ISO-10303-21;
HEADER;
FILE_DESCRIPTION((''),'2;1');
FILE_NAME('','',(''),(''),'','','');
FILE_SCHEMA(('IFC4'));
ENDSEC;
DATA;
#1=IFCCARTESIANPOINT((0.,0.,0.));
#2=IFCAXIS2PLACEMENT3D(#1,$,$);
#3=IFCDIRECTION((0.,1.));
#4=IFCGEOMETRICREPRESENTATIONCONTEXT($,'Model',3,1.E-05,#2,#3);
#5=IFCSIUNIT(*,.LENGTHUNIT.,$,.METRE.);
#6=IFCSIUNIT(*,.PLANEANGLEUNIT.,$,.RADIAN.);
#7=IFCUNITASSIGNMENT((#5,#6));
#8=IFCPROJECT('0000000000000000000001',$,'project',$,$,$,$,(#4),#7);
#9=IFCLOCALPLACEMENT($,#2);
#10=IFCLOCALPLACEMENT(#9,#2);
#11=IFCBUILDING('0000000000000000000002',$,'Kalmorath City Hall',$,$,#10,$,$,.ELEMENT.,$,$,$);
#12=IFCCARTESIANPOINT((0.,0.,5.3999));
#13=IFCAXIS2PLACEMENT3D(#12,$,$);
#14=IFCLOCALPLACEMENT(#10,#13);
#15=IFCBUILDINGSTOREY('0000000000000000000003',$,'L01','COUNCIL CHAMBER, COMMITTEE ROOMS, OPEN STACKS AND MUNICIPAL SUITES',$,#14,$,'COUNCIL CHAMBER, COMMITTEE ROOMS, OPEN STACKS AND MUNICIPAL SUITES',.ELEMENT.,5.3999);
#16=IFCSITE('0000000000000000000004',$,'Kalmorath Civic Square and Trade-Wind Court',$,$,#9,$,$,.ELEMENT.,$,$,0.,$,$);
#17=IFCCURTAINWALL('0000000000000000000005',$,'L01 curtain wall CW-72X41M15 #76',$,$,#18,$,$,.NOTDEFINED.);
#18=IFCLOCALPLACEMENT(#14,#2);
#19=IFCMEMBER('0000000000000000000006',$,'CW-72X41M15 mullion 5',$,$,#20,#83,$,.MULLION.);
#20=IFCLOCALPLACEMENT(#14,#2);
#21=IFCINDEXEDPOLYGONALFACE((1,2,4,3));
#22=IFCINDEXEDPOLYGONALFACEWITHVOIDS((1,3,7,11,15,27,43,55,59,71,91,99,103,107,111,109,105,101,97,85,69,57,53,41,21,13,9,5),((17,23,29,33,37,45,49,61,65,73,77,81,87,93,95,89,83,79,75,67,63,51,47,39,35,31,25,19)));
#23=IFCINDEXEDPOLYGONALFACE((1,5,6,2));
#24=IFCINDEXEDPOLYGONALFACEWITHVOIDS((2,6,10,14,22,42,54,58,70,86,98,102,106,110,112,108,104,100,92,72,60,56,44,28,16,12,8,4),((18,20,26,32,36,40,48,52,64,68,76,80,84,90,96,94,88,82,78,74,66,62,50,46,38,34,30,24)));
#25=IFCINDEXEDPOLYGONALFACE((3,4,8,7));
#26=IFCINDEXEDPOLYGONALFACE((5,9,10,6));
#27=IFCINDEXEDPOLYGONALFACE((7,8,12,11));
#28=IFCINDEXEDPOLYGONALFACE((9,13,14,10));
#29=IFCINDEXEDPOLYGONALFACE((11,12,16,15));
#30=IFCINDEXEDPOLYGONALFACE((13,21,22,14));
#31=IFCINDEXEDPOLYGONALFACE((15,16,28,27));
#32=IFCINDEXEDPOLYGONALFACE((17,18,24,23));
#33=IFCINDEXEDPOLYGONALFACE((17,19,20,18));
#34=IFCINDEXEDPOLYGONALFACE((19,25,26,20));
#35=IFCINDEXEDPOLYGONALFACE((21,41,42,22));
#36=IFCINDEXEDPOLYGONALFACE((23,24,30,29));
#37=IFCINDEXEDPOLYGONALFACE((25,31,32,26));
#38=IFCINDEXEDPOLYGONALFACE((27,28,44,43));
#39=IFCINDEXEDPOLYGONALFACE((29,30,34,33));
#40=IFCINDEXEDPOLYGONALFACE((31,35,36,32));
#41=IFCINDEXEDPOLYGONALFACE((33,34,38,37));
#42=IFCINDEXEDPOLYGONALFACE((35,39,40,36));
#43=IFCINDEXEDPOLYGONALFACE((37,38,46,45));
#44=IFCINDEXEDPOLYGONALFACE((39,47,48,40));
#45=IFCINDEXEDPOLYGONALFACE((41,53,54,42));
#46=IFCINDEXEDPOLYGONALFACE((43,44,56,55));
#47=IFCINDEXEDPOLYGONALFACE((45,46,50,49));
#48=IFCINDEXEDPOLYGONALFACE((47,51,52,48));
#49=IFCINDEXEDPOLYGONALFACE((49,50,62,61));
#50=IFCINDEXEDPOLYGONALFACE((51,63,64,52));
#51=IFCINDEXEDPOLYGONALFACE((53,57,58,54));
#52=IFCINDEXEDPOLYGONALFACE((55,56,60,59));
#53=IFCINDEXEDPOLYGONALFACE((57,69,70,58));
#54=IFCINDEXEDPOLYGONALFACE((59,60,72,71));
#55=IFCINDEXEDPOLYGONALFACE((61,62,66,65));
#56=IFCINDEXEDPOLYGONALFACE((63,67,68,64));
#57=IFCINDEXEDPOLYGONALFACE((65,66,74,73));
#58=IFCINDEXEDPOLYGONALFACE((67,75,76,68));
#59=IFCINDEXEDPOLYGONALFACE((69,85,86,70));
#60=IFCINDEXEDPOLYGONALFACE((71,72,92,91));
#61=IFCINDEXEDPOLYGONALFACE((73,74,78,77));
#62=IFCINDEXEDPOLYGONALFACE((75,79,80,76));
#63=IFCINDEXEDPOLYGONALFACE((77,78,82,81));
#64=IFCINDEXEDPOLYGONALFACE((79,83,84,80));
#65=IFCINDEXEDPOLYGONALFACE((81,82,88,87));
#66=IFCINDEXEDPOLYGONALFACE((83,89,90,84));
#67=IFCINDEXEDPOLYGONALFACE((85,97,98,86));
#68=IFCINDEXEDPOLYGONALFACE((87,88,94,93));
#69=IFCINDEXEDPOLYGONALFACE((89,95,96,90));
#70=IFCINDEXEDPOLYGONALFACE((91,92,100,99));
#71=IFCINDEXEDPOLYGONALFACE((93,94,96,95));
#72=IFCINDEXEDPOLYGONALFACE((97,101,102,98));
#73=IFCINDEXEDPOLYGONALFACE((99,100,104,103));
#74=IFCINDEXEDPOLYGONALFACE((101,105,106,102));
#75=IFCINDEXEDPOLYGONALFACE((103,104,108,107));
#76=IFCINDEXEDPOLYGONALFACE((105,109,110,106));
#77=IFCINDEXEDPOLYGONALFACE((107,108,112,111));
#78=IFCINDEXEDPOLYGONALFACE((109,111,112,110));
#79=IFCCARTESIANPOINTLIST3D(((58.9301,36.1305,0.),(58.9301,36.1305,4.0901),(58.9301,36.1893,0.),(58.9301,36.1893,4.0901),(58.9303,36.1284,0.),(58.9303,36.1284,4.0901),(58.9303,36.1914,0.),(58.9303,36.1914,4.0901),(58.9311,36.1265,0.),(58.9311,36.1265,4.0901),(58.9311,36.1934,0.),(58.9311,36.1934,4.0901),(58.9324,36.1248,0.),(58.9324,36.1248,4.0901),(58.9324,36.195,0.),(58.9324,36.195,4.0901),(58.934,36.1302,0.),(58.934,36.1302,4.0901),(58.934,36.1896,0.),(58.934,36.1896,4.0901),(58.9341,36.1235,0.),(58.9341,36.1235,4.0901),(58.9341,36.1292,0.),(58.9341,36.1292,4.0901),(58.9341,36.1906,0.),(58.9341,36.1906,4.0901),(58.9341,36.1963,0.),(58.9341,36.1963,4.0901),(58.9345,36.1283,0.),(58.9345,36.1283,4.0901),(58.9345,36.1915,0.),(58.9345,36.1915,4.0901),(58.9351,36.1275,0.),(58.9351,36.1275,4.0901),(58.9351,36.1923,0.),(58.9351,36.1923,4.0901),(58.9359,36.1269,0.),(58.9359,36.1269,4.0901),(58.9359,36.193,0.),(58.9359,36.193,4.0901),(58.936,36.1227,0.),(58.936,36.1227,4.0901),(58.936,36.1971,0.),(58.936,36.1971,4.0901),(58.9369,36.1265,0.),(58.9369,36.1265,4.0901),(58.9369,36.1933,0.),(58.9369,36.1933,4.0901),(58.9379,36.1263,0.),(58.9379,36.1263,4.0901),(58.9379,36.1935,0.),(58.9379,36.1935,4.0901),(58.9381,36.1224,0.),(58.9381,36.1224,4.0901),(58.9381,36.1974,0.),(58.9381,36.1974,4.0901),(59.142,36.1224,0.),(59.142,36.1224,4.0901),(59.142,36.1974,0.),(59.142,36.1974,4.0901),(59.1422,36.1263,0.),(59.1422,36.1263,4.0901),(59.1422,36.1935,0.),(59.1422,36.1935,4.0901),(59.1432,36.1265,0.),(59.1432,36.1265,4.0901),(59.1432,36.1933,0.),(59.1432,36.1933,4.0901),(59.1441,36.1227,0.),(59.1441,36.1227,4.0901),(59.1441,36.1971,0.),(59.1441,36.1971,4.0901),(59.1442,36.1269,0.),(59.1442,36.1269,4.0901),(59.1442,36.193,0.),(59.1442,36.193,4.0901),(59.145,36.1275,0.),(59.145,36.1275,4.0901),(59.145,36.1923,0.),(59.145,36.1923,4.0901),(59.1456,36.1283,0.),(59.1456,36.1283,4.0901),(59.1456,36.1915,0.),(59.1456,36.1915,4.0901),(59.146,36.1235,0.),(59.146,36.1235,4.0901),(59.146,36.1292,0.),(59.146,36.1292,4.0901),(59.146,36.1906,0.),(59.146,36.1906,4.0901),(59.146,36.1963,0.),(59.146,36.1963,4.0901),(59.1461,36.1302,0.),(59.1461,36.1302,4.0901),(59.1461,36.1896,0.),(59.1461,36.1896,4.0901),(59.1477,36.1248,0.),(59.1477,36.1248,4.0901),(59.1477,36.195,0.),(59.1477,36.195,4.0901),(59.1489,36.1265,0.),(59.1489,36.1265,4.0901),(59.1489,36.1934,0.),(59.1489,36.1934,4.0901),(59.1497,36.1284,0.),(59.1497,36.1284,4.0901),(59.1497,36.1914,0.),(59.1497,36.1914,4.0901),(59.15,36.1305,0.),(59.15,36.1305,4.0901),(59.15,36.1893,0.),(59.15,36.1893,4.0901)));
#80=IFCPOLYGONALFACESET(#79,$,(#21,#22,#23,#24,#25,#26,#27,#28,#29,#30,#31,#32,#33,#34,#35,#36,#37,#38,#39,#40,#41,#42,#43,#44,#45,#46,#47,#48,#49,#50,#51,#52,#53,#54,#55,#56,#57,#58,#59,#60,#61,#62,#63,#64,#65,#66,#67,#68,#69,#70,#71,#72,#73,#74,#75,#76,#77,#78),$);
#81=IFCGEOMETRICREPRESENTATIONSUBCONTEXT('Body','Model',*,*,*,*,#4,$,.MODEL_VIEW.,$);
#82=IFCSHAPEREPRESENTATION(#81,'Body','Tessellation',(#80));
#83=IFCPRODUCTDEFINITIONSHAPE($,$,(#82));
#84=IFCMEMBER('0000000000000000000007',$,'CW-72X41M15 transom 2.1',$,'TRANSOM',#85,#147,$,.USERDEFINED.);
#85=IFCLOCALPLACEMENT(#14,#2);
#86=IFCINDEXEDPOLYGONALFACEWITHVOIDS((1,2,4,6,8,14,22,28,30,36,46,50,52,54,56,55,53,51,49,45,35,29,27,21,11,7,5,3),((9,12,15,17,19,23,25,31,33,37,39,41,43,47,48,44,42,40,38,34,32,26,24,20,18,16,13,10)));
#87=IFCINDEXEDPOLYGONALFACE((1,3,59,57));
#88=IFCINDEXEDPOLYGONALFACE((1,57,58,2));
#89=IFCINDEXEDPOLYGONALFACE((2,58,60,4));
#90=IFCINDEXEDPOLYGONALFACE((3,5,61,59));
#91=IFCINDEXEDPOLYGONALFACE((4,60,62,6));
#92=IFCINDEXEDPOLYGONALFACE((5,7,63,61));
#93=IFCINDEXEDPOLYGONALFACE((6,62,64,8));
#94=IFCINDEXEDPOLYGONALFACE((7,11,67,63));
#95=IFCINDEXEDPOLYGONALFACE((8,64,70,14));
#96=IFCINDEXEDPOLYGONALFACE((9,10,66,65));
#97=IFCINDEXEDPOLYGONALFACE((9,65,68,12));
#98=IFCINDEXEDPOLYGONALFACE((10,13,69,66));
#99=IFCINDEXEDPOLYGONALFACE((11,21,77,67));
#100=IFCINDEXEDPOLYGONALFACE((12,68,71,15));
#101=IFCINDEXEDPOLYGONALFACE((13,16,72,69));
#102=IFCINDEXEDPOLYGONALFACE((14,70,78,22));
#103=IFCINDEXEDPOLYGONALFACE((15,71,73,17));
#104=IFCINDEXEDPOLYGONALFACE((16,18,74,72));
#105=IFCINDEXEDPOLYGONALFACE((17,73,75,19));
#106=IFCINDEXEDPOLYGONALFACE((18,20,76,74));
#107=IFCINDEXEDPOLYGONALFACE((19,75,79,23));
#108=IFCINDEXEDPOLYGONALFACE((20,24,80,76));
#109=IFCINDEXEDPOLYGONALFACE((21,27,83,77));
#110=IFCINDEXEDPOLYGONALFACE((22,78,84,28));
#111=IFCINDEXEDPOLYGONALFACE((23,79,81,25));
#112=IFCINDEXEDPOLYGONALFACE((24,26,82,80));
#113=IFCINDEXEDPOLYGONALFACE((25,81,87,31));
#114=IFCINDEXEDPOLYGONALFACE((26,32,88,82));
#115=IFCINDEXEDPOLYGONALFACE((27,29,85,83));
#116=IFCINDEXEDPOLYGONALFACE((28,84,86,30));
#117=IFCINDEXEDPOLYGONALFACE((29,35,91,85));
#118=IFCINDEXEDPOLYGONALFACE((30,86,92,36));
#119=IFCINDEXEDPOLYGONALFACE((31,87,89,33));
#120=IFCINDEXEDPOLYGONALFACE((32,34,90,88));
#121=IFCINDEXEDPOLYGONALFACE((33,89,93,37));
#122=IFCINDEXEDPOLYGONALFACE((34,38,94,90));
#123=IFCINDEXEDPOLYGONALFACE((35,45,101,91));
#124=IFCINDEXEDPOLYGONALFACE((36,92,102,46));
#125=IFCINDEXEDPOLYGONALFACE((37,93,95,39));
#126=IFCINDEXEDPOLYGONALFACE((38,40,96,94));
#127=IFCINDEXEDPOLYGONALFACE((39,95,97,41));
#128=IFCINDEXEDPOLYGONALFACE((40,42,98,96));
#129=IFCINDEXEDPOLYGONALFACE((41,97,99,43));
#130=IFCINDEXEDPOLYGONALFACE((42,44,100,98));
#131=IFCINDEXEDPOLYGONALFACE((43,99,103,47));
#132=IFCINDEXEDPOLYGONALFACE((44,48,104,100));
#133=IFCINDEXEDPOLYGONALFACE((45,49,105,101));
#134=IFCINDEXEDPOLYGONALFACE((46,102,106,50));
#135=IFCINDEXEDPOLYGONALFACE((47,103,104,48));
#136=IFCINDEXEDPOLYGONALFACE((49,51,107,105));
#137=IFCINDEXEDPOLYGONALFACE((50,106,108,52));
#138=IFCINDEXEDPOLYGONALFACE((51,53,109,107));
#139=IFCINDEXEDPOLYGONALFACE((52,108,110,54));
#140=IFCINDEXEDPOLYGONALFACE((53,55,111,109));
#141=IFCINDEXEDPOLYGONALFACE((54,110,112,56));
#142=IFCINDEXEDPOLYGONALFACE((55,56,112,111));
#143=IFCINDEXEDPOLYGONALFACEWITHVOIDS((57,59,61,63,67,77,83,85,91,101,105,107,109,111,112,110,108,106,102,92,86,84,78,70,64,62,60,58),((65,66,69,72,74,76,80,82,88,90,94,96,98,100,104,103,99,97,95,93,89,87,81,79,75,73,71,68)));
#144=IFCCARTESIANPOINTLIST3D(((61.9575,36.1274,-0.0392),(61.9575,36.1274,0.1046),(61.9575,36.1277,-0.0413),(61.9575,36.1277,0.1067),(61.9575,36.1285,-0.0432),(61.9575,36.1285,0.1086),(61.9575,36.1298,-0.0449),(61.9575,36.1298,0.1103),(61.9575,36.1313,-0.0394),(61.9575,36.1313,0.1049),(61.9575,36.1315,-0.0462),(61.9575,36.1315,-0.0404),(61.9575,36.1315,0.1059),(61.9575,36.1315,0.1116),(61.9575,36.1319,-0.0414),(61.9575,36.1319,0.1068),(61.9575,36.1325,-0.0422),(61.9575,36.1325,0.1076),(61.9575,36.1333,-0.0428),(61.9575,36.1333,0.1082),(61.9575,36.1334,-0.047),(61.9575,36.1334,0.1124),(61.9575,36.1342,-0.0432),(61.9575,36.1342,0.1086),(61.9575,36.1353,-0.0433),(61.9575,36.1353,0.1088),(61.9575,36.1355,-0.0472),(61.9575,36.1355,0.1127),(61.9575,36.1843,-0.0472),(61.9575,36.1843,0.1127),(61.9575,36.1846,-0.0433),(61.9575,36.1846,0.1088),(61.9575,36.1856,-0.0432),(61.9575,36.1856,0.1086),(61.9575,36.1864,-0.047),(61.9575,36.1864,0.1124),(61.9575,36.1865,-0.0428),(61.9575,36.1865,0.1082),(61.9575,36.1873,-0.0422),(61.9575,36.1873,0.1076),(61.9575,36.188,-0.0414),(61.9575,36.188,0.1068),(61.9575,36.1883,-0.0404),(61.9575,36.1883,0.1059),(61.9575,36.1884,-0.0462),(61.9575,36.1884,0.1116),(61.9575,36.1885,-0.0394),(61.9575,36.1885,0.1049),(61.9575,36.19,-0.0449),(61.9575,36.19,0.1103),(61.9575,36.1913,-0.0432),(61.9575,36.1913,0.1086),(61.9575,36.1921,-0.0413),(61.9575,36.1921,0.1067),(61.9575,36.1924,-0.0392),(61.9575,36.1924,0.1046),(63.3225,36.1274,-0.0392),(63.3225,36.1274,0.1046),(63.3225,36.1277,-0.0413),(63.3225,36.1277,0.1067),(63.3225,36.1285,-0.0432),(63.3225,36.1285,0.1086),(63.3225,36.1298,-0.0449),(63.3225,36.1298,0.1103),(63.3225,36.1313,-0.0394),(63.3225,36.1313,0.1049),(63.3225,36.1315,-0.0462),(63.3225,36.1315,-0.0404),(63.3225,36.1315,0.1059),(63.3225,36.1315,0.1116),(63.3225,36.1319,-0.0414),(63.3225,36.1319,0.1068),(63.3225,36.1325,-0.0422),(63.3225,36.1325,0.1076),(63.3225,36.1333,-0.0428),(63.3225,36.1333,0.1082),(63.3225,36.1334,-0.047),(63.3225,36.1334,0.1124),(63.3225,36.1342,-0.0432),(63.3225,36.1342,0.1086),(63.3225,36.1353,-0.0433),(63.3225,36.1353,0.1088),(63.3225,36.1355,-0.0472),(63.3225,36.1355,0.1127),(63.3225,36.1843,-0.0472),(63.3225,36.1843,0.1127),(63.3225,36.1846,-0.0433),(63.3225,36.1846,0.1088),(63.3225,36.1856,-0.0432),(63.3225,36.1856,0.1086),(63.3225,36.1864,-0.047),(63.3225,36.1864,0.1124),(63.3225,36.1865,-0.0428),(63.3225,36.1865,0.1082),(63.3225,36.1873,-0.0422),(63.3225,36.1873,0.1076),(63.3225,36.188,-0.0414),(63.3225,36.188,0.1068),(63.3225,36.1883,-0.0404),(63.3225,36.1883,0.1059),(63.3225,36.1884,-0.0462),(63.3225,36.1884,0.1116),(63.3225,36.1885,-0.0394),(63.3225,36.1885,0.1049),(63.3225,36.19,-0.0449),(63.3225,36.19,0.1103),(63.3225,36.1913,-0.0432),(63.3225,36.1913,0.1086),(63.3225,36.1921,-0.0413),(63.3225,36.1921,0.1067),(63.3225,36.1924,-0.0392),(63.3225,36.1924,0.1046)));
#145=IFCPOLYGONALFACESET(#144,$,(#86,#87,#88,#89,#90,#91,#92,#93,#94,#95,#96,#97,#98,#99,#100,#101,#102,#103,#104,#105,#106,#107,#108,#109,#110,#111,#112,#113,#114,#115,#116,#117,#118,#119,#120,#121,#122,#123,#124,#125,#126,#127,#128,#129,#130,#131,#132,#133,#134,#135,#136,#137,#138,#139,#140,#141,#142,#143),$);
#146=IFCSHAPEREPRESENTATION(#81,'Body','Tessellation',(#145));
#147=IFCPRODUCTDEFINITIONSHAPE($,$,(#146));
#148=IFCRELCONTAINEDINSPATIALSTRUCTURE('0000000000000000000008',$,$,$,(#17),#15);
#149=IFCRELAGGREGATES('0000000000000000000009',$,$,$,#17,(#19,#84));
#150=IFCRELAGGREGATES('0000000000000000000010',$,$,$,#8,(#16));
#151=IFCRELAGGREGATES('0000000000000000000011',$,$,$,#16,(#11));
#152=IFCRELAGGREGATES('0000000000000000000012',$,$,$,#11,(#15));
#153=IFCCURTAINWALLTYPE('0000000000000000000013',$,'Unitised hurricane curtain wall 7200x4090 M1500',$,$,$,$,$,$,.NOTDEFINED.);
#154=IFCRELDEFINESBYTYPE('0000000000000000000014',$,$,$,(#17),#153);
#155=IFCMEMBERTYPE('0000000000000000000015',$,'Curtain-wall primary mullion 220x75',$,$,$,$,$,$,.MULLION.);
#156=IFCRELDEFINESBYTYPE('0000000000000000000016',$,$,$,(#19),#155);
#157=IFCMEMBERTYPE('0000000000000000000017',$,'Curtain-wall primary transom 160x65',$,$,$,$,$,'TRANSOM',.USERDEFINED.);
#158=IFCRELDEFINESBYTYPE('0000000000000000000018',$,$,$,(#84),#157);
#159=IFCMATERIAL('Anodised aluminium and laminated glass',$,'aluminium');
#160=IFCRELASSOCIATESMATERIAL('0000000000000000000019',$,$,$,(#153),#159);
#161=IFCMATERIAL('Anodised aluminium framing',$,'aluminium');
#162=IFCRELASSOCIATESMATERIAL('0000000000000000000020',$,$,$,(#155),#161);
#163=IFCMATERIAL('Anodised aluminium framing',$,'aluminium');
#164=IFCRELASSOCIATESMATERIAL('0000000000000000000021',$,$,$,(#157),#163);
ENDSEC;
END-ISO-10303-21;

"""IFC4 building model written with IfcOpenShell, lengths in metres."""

from ifc_helpers import new_model, si_unit, direction, frame, origin, origin_2d, place, context, subcontext, project, spatial, hollow_rectangle, extrude, material, material_profile, profile_set, type_object, element, aggregate, save


model = new_model("IFC4")

# Units and contexts
model_context = context("Model", 3, precision=1e-05, world=origin(), true_north=direction((0.0, 1.0)))
body_context = subcontext(model_context, "Body", "Model", "MODEL_VIEW")
ifc_project = project(units=[si_unit("LENGTHUNIT", "METRE"), si_unit("PLANEANGLEUNIT", "RADIAN")], contexts=[model_context])

# Site, building, storey
site_placement = place(None, origin())
site = spatial("IfcSite", under=ifc_project, at=site_placement, Name="Kalmorath Civic Square and Trade-Wind Court", CompositionType="ELEMENT", RefElevation=0.0)
building_placement = place(site_placement, origin())
building = spatial("IfcBuilding", under=site, at=building_placement, Name="Kalmorath City Hall", CompositionType="ELEMENT")
storey_placement = place(building_placement, frame((0.0, 0.0, 5.3999)))
storey = spatial("IfcBuildingStorey", under=building, at=storey_placement, Name="L01", Description="COUNCIL CHAMBER, COMMITTEE ROOMS, OPEN STACKS AND MUNICIPAL SUITES", LongName="COUNCIL CHAMBER, COMMITTEE ROOMS, OPEN STACKS AND MUNICIPAL SUITES", CompositionType="ELEMENT", Elevation=5.3999)

# Curtain wall, members
ifc_material_1 = material(Name="Anodised aluminium and laminated glass", Category="aluminium")
curtain_wall_type = type_object("IfcCurtainWallType", Name="Unitised hurricane curtain wall 7200x4090 M1500", PredefinedType="NOTDEFINED", material=ifc_material_1)
curtain_wall_placement = place(storey_placement, origin())
curtain_wall = element("IfcCurtainWall", 1, at=curtain_wall_placement, inside=storey, type_object=curtain_wall_type, Name="L01 curtain wall CW-72X41M15 #76", PredefinedType="NOTDEFINED")
ifc_material_2 = material(Name="Anodised aluminium framing", Category="aluminium")
ifc_material_profile_1 = material_profile(ifc_material_2, hollow_rectangle(XDim=0.075, YDim=0.22, WallThickness=0.0039, InnerFilletRadius=0.0039, OuterFilletRadius=0.0081, at=origin_2d()), Name="ALU-MUL-220X75X4")
ifc_profile_set_1 = profile_set([ifc_material_profile_1], Name="Anodised aluminium framing")
member_type_1 = type_object("IfcMemberType", Name="Curtain-wall primary mullion 220x75", PredefinedType="MULLION", material=ifc_profile_set_1)
member_1_placement = place(storey_placement, frame((59.04, 36.1599, 0.0), z_axis=(0.0, 0.0, 1.0), x_axis=(0.0, -1.0, 0.0)))
member_1 = element("IfcMember", 2, at=member_1_placement, type_object=member_type_1, Name="CW-72X41M15 mullion 5", PredefinedType="MULLION", context=body_context, shape_type="SweptSolid", body=[
    extrude(hollow_rectangle(XDim=0.075, YDim=0.22, WallThickness=0.0039, InnerFilletRadius=0.0039, OuterFilletRadius=0.0081, at=origin_2d()), origin(), (0.0, 0.0, 1.0), 4.0901),
])
ifc_material_3 = material(Name="Anodised aluminium framing", Category="aluminium")
ifc_material_profile_2 = material_profile(ifc_material_3, hollow_rectangle(XDim=0.0649, YDim=0.1599, WallThickness=0.0039, InnerFilletRadius=0.0039, OuterFilletRadius=0.0081, at=origin_2d()), Name="ALU-TRN-160X65X4")
ifc_profile_set_2 = profile_set([ifc_material_profile_2], Name="Anodised aluminium framing")
member_type_2 = type_object("IfcMemberType", Name="Curtain-wall primary transom 160x65", ElementType="TRANSOM", PredefinedType="USERDEFINED", material=ifc_profile_set_2)
member_2_placement = place(storey_placement, frame((63.3225, 36.1599, 0.0327), z_axis=(-1.0, 0.0, 0.0), x_axis=(0.0, -1.0, 0.0)))
member_2 = element("IfcMember", 3, at=member_2_placement, type_object=member_type_2, Name="CW-72X41M15 transom 2.1", ObjectType="TRANSOM", PredefinedType="USERDEFINED", context=body_context, shape_type="SweptSolid", body=[
    extrude(hollow_rectangle(XDim=0.0649, YDim=0.1599, WallThickness=0.0039, InnerFilletRadius=0.0039, OuterFilletRadius=0.0081, at=origin_2d()), origin(), (0.0, 0.0, 1.0), 1.365),
])
aggregate(curtain_wall, [member_1, member_2])

save(model, "model.ifc")
